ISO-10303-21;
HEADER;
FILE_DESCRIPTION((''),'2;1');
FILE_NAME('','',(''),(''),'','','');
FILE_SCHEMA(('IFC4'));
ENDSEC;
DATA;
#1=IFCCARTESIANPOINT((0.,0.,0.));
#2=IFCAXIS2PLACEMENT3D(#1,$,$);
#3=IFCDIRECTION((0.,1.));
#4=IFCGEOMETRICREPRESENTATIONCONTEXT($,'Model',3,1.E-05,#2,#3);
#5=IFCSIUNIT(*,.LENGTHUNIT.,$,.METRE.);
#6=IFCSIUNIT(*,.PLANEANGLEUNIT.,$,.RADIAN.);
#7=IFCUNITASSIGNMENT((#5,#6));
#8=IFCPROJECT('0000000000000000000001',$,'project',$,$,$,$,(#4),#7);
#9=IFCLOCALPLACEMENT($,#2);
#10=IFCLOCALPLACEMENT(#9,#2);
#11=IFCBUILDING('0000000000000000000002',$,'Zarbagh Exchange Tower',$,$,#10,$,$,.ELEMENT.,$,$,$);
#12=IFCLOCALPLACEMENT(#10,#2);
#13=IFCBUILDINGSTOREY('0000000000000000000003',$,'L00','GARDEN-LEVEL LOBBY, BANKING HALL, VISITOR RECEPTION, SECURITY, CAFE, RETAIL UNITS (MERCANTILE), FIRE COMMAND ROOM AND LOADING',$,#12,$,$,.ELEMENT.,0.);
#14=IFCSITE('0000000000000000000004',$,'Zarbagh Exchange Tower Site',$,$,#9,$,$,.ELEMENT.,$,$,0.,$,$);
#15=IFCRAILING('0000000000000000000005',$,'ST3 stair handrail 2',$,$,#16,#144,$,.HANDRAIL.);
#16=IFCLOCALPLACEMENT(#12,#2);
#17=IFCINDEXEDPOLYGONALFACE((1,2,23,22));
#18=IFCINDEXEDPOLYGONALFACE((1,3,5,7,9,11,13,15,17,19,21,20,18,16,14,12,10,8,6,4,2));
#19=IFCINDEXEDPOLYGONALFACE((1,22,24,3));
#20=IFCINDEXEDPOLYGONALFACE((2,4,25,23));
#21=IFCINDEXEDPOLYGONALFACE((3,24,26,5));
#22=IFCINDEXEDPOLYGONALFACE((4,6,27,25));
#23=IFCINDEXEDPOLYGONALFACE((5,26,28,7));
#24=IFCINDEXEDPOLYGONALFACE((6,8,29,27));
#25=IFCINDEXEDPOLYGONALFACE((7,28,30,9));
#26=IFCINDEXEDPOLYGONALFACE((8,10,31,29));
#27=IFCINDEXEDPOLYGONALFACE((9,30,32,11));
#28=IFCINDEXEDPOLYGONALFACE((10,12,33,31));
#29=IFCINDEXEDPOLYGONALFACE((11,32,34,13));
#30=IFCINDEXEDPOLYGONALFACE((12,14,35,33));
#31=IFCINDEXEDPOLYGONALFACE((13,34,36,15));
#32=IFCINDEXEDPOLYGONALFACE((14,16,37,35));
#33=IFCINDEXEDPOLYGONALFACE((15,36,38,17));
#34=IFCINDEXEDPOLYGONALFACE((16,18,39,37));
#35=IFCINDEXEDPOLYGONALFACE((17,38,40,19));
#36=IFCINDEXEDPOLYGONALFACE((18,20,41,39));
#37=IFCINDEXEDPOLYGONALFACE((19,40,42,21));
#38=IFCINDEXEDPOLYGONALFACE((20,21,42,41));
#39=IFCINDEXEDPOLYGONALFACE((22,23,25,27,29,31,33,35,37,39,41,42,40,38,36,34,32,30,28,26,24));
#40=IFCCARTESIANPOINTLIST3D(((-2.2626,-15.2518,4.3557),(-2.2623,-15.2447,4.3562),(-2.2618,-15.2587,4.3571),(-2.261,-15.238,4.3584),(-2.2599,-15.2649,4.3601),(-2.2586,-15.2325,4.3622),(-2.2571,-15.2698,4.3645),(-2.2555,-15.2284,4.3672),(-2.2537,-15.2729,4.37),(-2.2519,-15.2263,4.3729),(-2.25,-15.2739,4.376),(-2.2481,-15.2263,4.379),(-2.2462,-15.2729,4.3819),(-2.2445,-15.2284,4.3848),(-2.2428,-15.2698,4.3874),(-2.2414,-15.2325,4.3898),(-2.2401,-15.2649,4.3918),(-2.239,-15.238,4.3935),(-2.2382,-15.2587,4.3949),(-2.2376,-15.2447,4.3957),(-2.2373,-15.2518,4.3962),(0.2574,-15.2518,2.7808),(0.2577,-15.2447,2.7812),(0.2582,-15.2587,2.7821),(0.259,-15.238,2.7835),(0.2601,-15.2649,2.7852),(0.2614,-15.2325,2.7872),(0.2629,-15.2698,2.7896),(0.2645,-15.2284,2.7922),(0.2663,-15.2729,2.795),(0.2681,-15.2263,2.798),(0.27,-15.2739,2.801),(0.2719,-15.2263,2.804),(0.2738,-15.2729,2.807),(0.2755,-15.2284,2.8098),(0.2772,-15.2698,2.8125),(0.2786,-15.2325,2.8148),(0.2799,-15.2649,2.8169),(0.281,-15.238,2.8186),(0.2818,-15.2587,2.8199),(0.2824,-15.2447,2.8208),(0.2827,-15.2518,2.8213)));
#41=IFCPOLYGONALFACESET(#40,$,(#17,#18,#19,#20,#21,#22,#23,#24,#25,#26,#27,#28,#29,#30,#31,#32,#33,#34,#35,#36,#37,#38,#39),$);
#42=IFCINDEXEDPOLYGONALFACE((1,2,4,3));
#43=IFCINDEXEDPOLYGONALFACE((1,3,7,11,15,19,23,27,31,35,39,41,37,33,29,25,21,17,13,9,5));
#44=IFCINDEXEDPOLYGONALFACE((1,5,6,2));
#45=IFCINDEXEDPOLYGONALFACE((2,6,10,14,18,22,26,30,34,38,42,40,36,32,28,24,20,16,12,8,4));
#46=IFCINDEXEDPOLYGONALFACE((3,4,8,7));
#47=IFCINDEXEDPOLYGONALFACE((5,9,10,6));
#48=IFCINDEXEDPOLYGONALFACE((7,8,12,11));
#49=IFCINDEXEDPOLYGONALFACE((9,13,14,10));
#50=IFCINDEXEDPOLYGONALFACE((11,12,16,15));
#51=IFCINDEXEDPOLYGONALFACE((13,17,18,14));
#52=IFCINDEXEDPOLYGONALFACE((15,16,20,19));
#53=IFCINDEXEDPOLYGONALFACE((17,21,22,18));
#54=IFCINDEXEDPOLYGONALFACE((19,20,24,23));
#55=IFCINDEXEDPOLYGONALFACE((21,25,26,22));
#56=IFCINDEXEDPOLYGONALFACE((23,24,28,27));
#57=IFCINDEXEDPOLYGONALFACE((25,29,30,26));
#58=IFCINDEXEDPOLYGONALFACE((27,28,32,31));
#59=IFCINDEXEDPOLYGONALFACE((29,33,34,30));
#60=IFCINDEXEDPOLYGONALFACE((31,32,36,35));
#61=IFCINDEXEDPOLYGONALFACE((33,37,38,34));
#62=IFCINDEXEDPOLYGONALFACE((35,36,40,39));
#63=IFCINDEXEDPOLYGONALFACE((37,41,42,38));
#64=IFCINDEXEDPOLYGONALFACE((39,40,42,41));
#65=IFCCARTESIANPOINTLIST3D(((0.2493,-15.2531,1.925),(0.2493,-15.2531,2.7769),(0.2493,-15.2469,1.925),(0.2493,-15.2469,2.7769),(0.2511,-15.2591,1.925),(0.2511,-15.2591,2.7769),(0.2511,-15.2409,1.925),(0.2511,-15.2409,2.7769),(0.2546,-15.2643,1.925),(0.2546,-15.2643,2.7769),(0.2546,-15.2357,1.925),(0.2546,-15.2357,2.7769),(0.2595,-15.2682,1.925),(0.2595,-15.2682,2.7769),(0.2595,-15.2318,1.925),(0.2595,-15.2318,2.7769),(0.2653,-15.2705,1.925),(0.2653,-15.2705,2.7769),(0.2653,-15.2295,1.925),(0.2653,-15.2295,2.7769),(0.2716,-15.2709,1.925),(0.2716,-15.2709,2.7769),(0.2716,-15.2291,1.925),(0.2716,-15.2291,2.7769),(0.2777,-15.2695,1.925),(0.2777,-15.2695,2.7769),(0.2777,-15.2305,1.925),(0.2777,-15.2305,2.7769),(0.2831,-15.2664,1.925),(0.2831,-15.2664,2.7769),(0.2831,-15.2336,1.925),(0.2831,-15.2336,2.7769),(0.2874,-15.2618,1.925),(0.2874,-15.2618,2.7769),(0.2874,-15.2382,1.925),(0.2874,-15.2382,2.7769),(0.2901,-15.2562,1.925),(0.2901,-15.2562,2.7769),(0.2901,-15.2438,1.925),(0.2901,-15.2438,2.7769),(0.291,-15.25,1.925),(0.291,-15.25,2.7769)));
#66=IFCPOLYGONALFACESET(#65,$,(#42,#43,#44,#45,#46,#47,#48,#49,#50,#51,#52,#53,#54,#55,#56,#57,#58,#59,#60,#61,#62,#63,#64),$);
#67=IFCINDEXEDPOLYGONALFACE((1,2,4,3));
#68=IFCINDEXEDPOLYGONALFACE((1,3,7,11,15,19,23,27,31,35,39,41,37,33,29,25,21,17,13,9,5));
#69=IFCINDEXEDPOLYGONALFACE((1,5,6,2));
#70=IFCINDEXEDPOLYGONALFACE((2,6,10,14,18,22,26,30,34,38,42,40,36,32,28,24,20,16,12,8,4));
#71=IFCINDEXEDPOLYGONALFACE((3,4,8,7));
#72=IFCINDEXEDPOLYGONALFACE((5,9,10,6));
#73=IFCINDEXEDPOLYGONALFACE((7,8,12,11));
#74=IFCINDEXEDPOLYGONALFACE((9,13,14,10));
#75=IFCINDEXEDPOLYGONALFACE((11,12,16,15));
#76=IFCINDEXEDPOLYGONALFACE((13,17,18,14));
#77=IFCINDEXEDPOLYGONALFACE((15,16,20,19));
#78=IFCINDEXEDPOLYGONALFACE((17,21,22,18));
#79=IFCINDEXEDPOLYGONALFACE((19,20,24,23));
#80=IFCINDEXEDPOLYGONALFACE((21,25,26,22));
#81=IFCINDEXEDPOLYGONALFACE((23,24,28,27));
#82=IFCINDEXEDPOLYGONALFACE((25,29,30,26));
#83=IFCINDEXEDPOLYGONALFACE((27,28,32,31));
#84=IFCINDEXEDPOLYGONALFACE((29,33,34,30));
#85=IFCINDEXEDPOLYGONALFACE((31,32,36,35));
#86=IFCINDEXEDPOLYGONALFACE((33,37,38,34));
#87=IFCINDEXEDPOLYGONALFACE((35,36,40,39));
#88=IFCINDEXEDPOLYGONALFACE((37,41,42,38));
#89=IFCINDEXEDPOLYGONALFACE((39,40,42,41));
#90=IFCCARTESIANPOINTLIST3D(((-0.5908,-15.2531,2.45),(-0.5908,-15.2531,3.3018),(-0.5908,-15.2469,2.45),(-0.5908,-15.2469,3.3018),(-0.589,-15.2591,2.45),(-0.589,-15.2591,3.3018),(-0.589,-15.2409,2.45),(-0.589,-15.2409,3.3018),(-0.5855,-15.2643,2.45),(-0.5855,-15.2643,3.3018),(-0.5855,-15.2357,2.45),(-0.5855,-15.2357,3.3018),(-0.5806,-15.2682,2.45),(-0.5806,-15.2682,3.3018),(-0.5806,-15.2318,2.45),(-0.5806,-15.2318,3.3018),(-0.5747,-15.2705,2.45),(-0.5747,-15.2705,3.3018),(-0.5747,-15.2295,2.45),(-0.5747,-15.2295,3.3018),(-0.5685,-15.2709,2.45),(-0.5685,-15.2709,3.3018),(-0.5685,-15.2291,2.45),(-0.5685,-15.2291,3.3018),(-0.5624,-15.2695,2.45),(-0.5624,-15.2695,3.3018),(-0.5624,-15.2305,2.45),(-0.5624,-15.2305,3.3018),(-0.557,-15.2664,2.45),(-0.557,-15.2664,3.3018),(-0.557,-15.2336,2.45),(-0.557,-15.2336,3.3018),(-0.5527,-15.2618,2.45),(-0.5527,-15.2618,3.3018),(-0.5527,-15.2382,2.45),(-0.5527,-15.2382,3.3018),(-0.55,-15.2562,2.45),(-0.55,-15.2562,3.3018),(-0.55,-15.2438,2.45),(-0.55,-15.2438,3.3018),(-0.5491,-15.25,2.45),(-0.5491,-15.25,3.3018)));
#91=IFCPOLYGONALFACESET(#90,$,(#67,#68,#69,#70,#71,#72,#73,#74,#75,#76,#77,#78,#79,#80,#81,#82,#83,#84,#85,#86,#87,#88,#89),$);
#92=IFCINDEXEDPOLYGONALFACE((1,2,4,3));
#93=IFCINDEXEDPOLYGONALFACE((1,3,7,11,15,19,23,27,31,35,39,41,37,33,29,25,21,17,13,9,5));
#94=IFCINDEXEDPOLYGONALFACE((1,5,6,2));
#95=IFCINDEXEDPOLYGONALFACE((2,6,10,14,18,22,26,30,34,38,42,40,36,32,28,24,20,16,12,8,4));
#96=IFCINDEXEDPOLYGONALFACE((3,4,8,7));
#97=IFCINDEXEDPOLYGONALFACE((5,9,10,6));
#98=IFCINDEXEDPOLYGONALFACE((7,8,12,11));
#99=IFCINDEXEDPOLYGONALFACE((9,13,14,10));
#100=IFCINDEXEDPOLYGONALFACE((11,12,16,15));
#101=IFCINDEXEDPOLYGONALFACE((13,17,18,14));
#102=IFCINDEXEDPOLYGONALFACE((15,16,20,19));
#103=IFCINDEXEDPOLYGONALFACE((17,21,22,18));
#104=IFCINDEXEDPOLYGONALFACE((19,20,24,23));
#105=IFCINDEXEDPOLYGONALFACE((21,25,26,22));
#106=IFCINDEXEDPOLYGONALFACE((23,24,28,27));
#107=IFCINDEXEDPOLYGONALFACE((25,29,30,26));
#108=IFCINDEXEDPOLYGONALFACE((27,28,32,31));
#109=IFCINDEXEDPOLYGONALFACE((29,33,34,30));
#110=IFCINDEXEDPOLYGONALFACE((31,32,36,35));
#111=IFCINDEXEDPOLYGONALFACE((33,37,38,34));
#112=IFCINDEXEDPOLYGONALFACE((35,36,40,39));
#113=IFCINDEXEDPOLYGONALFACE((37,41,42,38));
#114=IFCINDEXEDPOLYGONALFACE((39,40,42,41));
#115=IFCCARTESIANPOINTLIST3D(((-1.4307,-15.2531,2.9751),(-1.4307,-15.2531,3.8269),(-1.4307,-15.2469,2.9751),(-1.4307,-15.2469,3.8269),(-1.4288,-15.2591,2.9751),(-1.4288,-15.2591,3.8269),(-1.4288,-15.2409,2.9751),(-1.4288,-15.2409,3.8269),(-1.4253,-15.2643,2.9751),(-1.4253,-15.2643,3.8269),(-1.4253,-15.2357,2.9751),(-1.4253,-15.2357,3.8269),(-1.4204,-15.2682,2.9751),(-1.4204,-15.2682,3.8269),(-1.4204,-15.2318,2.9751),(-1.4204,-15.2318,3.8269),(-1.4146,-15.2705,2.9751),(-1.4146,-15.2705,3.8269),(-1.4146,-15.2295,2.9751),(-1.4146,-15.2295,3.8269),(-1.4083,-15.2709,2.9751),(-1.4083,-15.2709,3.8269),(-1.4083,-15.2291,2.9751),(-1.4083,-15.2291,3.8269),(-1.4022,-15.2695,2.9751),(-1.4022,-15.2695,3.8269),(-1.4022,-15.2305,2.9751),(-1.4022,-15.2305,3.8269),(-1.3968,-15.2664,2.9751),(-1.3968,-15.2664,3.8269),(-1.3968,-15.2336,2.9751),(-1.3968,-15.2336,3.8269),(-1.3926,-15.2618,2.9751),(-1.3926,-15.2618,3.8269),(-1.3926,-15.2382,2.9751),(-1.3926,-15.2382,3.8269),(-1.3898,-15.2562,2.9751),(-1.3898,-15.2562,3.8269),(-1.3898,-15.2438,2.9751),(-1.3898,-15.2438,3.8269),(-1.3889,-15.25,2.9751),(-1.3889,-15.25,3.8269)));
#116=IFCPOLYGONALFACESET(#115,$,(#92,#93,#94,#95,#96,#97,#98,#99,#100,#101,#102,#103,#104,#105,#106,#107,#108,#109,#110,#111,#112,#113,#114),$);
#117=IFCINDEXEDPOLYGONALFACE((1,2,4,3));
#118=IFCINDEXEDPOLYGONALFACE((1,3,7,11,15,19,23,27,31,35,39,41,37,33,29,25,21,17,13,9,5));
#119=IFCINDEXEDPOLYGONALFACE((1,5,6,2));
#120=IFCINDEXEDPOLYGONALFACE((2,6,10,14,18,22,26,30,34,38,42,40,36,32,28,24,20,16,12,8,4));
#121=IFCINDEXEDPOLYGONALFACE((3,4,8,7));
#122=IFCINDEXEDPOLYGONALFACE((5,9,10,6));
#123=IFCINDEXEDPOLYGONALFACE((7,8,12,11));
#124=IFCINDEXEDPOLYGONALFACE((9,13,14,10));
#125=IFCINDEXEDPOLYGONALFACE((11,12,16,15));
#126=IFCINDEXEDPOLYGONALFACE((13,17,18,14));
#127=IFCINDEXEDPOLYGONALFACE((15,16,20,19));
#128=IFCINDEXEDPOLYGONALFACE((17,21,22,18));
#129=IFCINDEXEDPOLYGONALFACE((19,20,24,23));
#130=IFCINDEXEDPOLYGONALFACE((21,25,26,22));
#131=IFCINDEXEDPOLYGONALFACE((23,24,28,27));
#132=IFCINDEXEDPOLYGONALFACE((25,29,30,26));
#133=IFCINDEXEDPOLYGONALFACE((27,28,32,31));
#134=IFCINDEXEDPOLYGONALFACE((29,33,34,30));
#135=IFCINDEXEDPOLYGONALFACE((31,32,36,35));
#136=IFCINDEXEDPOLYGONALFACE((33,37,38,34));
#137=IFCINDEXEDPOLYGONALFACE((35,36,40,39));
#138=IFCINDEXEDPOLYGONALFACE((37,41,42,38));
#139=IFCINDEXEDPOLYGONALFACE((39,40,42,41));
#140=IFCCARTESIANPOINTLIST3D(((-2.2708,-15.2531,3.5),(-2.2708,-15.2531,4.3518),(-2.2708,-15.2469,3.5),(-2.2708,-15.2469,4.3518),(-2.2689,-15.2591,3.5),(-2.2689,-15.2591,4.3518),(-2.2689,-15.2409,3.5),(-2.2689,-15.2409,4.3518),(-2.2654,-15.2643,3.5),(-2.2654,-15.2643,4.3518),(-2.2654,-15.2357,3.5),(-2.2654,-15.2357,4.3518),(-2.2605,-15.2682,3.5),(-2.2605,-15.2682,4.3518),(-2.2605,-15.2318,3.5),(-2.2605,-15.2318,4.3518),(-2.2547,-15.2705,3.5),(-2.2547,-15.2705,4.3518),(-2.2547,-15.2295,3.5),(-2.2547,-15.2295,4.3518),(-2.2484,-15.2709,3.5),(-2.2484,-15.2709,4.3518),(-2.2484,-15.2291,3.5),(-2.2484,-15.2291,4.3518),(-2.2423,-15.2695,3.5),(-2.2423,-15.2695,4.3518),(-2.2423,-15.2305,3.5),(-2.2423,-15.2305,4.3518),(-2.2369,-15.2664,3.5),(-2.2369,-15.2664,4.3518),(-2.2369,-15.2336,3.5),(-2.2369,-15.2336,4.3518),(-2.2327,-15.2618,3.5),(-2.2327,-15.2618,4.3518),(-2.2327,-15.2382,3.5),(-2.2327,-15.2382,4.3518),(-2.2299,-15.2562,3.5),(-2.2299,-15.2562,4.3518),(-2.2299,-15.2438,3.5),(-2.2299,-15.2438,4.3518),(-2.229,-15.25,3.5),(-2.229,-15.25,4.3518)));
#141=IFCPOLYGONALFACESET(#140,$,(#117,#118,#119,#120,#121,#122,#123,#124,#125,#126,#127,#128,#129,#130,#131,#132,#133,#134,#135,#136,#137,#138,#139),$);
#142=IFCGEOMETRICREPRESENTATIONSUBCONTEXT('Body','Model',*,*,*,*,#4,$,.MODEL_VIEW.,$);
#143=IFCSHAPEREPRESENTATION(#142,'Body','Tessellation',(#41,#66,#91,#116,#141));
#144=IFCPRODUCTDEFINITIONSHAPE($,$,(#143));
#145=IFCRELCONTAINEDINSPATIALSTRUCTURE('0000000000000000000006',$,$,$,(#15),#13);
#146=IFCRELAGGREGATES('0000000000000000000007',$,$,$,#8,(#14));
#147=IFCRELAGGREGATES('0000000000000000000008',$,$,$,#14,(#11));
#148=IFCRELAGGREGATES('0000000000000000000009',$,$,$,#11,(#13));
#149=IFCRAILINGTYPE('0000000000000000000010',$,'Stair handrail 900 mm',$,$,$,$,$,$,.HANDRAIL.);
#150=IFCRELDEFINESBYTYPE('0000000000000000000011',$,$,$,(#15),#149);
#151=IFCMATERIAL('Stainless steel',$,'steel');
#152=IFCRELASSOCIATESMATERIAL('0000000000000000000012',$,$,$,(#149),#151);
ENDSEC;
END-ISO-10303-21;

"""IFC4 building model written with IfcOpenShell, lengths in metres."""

from ifc_helpers import new_model, si_unit, direction, frame, origin, origin_2d, place, context, subcontext, project, spatial, circle, extrude, material, type_object, element, save


model = new_model("IFC4")

# Units and contexts
model_context = context("Model", 3, precision=1e-05, world=origin(), true_north=direction((0.0, 1.0)))
body_context = subcontext(model_context, "Body", "Model", "MODEL_VIEW")
ifc_project = project(units=[si_unit("LENGTHUNIT", "METRE"), si_unit("PLANEANGLEUNIT", "RADIAN")], contexts=[model_context])

# Site, building, storey
site_placement = place(None, origin())
site = spatial("IfcSite", under=ifc_project, at=site_placement, Name="Zarbagh Exchange Tower Site", CompositionType="ELEMENT", RefElevation=0.0)
building_placement = place(site_placement, origin())
building = spatial("IfcBuilding", under=site, at=building_placement, Name="Zarbagh Exchange Tower", CompositionType="ELEMENT")
storey_placement = place(building_placement, origin())
storey = spatial("IfcBuildingStorey", under=building, at=storey_placement, Name="L00", Description="GARDEN-LEVEL LOBBY, BANKING HALL, VISITOR RECEPTION, SECURITY, CAFE, RETAIL UNITS (MERCANTILE), FIRE COMMAND ROOM AND LOADING", CompositionType="ELEMENT", Elevation=0.0)

# Railing
ifc_material_1 = material(Name="Stainless steel", Category="steel")
railing_type_1 = type_object("IfcRailingType", Name="Stair handrail 900 mm", PredefinedType="HANDRAIL", material=ifc_material_1)
for number, where, name in (
    (1, (0.27, -15.25, 1.925), "ST3 stair handrail 2"),
):
    element("IfcRailing", number, at=place(storey_placement, frame(where)), inside=storey, type_object=railing_type_1, Name=name, PredefinedType="HANDRAIL", context=body_context, shape_type="SweptSolid", body=[
        extrude(circle(Radius=0.0239, at=origin_2d()), frame((0.0, 0.0, 0.876), z_axis=(-0.848008, 0.0, 0.529984), x_axis=(0.0, -1.0, 0.0)), (0.0, 0.0, 1.0), 2.9717),
        extrude(circle(Radius=0.021, at=origin_2d()), origin(), (0.0, 0.0, 1.0), 0.8518),
        extrude(circle(Radius=0.021, at=origin_2d()), frame((-0.8401, 0.0, 0.5249)), (0.0, 0.0, 1.0), 0.8518),
        extrude(circle(Radius=0.021, at=origin_2d()), frame((-1.6799, 0.0, 1.05)), (0.0, 0.0, 1.0), 0.8518),
        extrude(circle(Radius=0.021, at=origin_2d()), frame((-2.52, 0.0, 1.575)), (0.0, 0.0, 1.0), 0.8518),
    ])

save(model, "model.ifc")
